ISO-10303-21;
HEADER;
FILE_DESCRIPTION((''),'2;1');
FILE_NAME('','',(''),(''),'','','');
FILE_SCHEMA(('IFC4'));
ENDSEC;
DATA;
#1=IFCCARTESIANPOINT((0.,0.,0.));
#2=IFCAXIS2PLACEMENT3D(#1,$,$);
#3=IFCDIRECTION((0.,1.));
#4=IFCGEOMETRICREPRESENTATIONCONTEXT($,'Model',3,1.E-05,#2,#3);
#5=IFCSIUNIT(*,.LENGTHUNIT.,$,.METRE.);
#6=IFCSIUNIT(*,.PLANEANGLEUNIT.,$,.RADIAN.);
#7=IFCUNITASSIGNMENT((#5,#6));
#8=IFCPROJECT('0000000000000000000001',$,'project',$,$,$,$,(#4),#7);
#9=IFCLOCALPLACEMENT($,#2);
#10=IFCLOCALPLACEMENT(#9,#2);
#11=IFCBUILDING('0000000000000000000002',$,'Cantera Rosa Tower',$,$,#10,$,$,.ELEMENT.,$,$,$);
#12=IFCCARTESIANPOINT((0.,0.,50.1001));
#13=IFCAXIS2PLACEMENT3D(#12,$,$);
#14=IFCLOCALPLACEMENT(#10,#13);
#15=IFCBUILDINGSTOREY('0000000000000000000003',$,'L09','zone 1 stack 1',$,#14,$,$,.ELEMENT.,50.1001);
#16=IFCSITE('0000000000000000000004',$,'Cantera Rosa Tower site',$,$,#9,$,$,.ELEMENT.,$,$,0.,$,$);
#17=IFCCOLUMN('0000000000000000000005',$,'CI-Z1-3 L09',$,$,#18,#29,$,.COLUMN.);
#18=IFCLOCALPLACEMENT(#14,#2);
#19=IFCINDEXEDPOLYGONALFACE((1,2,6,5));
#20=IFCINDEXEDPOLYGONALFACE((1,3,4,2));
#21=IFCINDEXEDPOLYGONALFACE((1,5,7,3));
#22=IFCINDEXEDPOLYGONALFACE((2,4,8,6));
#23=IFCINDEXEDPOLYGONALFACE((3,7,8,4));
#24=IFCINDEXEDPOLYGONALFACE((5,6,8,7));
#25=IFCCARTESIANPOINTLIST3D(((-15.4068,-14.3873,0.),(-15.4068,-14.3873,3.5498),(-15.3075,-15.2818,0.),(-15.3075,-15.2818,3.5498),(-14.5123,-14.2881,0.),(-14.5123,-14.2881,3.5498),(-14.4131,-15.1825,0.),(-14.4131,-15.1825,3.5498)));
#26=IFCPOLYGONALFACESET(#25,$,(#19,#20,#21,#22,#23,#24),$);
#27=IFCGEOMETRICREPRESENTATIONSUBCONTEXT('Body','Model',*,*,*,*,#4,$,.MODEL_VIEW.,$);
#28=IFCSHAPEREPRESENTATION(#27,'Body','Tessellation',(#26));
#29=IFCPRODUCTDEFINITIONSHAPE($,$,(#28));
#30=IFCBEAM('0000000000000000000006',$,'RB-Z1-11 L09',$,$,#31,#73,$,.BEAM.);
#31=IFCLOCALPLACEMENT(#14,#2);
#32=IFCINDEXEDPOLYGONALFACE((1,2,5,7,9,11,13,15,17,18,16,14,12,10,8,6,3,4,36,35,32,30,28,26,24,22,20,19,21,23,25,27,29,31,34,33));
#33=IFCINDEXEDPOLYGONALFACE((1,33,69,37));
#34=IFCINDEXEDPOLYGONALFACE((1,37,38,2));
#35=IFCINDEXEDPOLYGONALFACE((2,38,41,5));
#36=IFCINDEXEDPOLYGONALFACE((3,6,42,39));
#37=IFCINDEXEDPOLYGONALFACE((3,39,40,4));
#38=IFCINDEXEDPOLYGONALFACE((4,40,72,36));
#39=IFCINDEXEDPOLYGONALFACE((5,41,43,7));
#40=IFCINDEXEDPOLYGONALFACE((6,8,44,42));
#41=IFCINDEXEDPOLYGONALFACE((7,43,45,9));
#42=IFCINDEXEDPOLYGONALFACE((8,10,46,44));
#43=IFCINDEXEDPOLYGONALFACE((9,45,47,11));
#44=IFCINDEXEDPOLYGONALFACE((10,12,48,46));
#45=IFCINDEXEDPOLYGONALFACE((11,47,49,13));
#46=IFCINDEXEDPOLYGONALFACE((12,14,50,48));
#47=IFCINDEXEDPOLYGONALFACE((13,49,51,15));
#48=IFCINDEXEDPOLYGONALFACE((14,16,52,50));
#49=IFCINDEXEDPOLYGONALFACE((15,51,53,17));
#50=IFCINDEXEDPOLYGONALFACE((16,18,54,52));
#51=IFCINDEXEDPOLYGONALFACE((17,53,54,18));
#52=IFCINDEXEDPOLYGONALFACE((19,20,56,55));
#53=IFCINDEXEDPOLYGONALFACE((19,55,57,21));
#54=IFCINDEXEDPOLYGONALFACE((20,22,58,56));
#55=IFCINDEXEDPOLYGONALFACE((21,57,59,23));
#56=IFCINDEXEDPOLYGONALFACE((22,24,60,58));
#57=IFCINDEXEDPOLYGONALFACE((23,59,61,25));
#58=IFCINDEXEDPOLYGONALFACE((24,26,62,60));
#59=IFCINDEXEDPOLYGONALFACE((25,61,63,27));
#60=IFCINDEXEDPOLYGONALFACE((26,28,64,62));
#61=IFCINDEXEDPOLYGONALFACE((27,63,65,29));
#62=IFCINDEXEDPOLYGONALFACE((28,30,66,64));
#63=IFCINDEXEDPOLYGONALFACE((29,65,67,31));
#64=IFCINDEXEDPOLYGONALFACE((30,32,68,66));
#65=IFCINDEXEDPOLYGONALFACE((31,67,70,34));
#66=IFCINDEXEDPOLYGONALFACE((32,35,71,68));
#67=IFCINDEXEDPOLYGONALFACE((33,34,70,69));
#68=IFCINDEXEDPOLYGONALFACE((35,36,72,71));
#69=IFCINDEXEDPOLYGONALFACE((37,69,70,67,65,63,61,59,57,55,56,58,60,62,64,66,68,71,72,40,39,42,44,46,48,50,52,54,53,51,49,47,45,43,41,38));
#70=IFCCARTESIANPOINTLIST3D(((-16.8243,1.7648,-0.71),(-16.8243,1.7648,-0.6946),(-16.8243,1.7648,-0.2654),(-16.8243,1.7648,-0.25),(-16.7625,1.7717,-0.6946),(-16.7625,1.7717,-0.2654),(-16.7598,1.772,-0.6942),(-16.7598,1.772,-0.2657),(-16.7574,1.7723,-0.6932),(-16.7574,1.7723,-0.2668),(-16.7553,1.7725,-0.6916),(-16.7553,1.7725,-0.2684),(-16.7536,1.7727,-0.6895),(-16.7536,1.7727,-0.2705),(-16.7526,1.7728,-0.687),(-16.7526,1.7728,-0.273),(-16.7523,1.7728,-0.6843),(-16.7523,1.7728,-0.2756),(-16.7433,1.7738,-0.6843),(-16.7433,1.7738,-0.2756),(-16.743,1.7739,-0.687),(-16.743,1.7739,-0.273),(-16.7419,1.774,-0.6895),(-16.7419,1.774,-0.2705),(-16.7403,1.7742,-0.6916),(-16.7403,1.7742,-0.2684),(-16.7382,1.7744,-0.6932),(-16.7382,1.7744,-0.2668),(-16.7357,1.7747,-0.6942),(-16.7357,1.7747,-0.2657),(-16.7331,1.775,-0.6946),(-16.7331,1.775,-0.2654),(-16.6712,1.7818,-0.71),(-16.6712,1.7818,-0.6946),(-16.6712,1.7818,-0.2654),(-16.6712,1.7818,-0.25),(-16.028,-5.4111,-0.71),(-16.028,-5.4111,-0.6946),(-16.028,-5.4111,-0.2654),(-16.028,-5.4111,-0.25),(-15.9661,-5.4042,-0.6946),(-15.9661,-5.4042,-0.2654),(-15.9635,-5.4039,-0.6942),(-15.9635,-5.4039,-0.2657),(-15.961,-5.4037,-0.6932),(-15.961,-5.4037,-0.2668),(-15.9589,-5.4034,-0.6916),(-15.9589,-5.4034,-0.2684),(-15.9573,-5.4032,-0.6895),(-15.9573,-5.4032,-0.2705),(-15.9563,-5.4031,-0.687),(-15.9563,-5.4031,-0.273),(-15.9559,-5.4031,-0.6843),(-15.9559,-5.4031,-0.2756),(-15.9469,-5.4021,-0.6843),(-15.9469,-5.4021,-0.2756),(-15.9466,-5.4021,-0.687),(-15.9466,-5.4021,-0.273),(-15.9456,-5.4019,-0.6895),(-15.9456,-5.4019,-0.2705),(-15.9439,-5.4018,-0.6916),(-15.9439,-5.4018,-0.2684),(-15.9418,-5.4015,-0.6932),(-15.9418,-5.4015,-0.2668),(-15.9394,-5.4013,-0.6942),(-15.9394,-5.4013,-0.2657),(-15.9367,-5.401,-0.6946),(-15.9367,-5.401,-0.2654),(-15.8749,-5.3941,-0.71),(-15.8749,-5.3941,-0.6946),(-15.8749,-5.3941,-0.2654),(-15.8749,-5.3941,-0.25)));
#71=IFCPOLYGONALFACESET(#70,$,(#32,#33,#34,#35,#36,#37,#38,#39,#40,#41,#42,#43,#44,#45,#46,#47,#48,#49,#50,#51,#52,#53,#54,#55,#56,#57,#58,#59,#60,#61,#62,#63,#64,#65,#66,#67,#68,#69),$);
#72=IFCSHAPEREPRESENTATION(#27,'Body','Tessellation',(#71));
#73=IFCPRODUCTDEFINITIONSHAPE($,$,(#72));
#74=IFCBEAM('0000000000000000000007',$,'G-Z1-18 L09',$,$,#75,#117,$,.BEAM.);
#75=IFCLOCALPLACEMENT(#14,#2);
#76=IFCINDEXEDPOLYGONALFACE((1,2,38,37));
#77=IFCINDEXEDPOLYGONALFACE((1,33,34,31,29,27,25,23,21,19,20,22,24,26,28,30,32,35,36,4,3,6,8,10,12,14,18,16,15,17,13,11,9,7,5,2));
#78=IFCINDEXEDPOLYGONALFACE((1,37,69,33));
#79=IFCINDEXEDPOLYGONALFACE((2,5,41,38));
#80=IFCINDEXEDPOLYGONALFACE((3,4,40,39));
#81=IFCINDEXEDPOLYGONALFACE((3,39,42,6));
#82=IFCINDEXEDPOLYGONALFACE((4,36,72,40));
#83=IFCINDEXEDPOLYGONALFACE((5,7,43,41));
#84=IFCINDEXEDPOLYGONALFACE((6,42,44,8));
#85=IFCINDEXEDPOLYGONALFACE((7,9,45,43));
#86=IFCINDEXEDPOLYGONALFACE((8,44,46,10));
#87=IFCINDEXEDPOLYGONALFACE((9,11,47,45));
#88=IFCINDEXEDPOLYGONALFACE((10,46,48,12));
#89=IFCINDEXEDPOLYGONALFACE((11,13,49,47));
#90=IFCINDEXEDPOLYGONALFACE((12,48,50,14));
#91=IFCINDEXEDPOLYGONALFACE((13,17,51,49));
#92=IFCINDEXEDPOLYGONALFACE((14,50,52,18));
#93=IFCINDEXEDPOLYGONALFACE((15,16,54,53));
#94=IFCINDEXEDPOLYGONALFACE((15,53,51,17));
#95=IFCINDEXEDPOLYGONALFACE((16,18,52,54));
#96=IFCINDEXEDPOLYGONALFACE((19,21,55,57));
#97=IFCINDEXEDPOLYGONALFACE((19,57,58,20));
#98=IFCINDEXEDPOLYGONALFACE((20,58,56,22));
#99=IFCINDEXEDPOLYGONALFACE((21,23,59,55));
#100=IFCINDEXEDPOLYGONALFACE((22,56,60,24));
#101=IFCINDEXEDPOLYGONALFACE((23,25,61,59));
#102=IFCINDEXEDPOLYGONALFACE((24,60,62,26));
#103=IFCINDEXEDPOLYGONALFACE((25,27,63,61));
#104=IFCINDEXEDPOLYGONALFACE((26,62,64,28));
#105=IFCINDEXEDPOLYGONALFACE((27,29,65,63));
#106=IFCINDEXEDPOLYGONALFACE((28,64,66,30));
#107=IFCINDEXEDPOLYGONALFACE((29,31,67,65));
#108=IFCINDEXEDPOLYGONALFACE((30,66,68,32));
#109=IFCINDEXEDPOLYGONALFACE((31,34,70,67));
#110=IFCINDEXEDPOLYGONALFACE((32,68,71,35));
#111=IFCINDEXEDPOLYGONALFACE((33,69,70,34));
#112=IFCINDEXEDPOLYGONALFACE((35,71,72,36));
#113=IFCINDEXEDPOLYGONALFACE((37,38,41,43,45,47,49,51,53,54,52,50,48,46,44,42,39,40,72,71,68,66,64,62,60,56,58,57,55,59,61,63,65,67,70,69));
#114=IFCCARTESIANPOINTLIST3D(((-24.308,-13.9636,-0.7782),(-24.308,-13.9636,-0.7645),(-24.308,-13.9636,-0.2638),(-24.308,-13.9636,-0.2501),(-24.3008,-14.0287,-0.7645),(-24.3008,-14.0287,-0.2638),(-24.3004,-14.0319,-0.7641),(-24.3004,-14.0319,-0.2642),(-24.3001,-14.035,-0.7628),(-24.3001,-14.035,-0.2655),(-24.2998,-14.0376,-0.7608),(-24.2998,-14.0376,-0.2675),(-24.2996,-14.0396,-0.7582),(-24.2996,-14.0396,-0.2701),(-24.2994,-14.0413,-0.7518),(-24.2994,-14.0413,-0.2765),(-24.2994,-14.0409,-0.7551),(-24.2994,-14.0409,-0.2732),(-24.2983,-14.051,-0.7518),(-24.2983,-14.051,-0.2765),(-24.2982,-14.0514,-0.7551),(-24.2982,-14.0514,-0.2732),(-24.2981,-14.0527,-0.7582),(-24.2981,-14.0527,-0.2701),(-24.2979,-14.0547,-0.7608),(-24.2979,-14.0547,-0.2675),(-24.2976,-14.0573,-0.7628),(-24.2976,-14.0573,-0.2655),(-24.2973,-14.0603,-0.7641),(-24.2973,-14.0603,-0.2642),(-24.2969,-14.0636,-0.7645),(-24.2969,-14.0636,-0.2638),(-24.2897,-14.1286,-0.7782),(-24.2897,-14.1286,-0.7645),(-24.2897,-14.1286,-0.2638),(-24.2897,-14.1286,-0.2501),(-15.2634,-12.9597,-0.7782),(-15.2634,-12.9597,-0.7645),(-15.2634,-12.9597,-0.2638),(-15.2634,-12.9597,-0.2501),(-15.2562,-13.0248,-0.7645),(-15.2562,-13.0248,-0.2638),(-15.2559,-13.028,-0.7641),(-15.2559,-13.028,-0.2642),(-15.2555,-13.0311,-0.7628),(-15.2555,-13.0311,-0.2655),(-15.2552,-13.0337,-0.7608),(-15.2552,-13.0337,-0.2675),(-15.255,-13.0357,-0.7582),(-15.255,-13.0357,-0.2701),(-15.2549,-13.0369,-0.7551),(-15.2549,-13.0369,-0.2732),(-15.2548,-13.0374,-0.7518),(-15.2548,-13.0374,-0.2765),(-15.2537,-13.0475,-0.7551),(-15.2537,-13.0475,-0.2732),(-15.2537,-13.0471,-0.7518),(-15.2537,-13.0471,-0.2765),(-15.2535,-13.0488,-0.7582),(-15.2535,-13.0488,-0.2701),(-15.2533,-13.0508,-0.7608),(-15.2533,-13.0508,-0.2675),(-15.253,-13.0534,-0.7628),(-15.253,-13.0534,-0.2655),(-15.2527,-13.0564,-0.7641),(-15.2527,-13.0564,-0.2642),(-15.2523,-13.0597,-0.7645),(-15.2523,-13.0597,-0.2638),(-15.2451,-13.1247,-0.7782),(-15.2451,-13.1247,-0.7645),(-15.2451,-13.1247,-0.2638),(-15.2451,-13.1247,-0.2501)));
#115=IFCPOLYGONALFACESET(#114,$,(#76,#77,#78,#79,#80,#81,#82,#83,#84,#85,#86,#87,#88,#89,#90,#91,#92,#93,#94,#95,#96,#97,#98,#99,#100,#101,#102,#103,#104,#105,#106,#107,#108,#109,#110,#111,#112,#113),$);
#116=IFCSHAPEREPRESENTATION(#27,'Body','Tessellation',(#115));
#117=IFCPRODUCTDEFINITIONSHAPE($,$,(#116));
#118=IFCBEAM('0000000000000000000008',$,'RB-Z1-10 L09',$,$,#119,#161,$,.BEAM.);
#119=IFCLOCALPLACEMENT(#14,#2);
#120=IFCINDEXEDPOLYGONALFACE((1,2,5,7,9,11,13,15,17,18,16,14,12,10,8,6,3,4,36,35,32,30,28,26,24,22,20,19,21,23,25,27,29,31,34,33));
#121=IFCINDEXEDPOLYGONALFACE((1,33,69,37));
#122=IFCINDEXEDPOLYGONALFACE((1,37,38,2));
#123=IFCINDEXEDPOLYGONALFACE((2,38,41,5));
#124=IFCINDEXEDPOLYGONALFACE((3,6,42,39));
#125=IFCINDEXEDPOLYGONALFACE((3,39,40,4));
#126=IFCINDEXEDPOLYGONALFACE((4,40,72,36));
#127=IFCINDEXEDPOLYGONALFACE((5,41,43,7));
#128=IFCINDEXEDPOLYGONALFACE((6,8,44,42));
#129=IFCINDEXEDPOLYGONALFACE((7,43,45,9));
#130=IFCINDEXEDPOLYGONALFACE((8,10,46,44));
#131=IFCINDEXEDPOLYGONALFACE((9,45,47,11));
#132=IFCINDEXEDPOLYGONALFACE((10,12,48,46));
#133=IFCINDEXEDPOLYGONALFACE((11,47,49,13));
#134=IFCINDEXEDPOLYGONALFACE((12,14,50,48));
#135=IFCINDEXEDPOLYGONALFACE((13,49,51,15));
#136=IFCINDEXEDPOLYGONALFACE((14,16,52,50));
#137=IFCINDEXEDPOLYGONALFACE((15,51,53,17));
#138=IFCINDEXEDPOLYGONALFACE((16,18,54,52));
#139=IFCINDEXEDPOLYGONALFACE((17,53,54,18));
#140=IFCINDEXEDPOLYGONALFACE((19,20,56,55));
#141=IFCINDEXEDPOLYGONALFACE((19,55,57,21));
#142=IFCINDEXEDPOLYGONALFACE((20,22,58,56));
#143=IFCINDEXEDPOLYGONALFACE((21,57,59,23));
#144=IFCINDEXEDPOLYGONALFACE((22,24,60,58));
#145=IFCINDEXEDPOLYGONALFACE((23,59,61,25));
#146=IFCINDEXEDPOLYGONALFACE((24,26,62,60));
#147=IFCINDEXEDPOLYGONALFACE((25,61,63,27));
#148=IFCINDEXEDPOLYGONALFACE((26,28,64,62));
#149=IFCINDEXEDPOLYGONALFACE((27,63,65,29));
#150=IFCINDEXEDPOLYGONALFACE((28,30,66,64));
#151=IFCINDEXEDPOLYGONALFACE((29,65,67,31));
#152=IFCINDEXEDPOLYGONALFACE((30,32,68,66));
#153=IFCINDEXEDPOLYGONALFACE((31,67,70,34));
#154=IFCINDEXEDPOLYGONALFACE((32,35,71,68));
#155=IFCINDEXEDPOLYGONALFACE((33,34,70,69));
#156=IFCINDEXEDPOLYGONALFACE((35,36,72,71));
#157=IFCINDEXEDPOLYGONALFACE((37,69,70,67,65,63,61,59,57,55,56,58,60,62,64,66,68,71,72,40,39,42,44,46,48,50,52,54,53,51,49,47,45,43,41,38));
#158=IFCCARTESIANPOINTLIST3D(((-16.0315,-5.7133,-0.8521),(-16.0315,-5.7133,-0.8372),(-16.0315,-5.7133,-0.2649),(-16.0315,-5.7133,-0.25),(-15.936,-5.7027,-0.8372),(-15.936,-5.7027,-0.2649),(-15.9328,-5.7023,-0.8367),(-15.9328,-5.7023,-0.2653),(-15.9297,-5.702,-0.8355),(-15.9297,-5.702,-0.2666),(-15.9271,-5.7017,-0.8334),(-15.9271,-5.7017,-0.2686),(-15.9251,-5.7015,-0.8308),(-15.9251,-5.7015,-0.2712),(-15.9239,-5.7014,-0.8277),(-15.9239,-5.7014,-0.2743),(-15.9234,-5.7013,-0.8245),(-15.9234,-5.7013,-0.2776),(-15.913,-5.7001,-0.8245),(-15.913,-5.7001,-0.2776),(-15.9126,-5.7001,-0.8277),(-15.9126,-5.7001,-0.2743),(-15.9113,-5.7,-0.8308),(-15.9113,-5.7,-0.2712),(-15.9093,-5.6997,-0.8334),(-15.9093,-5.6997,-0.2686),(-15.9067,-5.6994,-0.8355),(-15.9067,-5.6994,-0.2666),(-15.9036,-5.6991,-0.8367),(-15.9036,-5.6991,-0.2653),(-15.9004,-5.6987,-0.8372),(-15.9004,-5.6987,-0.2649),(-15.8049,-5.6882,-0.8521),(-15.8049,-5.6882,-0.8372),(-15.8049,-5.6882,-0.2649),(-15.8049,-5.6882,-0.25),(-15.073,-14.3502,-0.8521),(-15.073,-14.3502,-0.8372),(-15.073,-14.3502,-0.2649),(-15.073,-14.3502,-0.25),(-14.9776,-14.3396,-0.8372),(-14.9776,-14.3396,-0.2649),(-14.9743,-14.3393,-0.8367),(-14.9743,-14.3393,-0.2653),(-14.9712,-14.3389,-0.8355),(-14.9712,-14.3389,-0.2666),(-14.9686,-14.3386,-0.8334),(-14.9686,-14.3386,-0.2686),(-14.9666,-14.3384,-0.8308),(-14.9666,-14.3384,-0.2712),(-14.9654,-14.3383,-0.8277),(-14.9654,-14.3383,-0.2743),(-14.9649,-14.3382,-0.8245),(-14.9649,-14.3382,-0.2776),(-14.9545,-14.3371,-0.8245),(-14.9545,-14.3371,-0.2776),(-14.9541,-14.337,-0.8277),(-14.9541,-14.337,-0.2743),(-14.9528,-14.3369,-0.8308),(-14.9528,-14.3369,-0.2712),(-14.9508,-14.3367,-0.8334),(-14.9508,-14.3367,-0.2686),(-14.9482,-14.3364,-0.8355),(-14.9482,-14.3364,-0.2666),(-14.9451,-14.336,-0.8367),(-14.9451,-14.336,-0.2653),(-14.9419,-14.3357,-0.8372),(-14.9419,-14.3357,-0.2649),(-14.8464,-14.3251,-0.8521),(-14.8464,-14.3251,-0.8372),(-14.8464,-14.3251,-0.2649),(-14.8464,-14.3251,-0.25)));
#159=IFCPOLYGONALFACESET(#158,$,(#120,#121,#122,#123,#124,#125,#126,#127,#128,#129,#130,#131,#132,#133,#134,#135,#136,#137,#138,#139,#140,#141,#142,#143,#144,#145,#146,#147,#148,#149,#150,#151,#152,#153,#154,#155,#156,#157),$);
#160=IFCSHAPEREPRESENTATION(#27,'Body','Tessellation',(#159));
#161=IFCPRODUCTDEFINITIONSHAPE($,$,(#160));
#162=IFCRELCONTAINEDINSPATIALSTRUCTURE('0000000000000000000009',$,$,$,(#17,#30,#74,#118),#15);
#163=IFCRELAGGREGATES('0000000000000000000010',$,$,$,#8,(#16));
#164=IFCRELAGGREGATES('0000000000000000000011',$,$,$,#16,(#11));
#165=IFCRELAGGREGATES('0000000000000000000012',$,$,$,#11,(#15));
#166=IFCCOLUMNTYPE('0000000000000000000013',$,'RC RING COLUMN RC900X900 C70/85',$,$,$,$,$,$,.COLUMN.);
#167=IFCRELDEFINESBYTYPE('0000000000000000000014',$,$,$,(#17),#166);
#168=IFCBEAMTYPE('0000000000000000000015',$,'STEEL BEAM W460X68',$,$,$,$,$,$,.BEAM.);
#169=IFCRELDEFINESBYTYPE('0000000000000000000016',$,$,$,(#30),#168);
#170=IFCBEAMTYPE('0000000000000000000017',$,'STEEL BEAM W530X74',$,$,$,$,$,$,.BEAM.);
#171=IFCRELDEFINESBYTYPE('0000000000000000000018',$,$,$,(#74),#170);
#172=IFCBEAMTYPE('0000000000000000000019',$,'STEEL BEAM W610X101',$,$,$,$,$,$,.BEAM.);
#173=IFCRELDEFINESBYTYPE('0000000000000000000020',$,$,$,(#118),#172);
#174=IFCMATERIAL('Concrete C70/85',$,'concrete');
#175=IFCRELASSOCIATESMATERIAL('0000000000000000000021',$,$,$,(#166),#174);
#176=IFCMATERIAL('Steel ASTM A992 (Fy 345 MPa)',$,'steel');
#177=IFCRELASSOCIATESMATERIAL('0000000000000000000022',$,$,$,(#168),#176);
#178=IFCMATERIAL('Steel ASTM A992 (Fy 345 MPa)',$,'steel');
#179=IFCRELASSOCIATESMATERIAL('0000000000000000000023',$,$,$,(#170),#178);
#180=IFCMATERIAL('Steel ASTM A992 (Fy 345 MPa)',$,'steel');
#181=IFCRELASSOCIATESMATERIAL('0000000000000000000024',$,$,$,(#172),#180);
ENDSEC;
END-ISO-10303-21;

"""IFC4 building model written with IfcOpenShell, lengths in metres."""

from ifc_helpers import new_model, si_unit, direction, frame, origin, origin_2d, place, context, subcontext, project, spatial, rectangle, i_section, extrude, material, material_profile, profile_set, type_object, element, save


model = new_model("IFC4")

# Units and contexts
model_context = context("Model", 3, precision=1e-05, world=origin(), true_north=direction((0.0, 1.0)))
body_context = subcontext(model_context, "Body", "Model", "MODEL_VIEW")
ifc_project = project(units=[si_unit("LENGTHUNIT", "METRE"), si_unit("PLANEANGLEUNIT", "RADIAN")], contexts=[model_context])

# Site, building, storey
site_placement = place(None, origin())
site = spatial("IfcSite", under=ifc_project, at=site_placement, Name="Cantera Rosa Tower site", CompositionType="ELEMENT", RefElevation=0.0)
building_placement = place(site_placement, origin())
building = spatial("IfcBuilding", under=site, at=building_placement, Name="Cantera Rosa Tower", CompositionType="ELEMENT")
storey_placement = place(building_placement, frame((0.0, 0.0, 50.1001)))
storey = spatial("IfcBuildingStorey", under=building, at=storey_placement, Name="L09", Description="zone 1 stack 1", CompositionType="ELEMENT", Elevation=50.1001)

# Column
ifc_material_1 = material(Name="Concrete C70/85", Category="concrete")
ifc_material_profile_1 = material_profile(ifc_material_1, rectangle(XDim=0.8999, YDim=0.8999, at=origin_2d()), Name="RC RING COLUMN RC900X900 C70/85")
ifc_profile_set_1 = profile_set([ifc_material_profile_1], Name="Concrete C70/85")
column_type = type_object("IfcColumnType", Name="RC RING COLUMN RC900X900 C70/85", PredefinedType="COLUMN", material=ifc_profile_set_1)
column_placement = place(storey_placement, frame((-14.9099, -14.7849, 0.0), z_axis=(0.0, 0.0, 1.0), x_axis=(0.993897, 0.110313, 0.0)))
element("IfcColumn", 1, at=column_placement, inside=storey, type_object=column_type, Name="CI-Z1-3 L09", PredefinedType="COLUMN", context=body_context, shape_type="SweptSolid", body=[
    extrude(rectangle(XDim=0.8999, YDim=0.8999, at=origin_2d()), origin(), (0.0, 0.0, 1.0), 3.5498),
])

# Beams
ifc_material_2 = material(Name="Steel ASTM A992 (Fy 345 MPa)", Category="steel")
ifc_material_profile_2 = material_profile(ifc_material_2, i_section(OverallWidth=0.1541, OverallDepth=0.46, WebThickness=0.009, FlangeThickness=0.0154, FilletRadius=0.0103, at=origin_2d()), Name="W460X68")
ifc_profile_set_2 = profile_set([ifc_material_profile_2], Name="Steel ASTM A992 (Fy 345 MPa)")
beam_type_1 = type_object("IfcBeamType", Name="STEEL BEAM W460X68", PredefinedType="BEAM", material=ifc_profile_set_2)
beam_1_placement = place(storey_placement, frame((-15.9514, -5.4026, -0.48), z_axis=(-0.110302, 0.993898, 0.0), x_axis=(-0.993898, -0.110302, 0.0)))
element("IfcBeam", 2, at=beam_1_placement, inside=storey, type_object=beam_type_1, Name="RB-Z1-11 L09", PredefinedType="BEAM", context=body_context, shape_type="SweptSolid", body=[
    extrude(i_section(OverallWidth=0.1541, OverallDepth=0.46, WebThickness=0.009, FlangeThickness=0.0154, FilletRadius=0.0103, at=origin_2d()), origin(), (0.0, 0.0, 1.0), 7.22),
])
ifc_material_3 = material(Name="Steel ASTM A992 (Fy 345 MPa)", Category="steel")
ifc_material_profile_3 = material_profile(ifc_material_3, i_section(OverallWidth=0.166, OverallDepth=0.5281, WebThickness=0.0098, FlangeThickness=0.0137, FilletRadius=0.0127, at=origin_2d()), Name="W530X74")
ifc_profile_set_3 = profile_set([ifc_material_profile_3], Name="Steel ASTM A992 (Fy 345 MPa)")
beam_type_2 = type_object("IfcBeamType", Name="STEEL BEAM W530X74", PredefinedType="BEAM", material=ifc_profile_set_3)
beam_2_placement = place(storey_placement, frame((-24.2988, -14.0461, -0.5142), z_axis=(0.993896, 0.11032, 0.0), x_axis=(-0.11032, 0.993896, 0.0)))
element("IfcBeam", 3, at=beam_2_placement, inside=storey, type_object=beam_type_2, Name="G-Z1-18 L09", PredefinedType="BEAM", context=body_context, shape_type="SweptSolid", body=[
    extrude(i_section(OverallWidth=0.166, OverallDepth=0.5281, WebThickness=0.0098, FlangeThickness=0.0137, FilletRadius=0.0127, at=origin_2d()), origin(), (0.0, 0.0, 1.0), 9.1001),
])
ifc_material_4 = material(Name="Steel ASTM A992 (Fy 345 MPa)", Category="steel")
ifc_material_profile_4 = material_profile(ifc_material_4, i_section(OverallWidth=0.228, OverallDepth=0.6021, WebThickness=0.0105, FlangeThickness=0.0149, FilletRadius=0.0127, at=origin_2d()), Name="W610X101")
ifc_profile_set_4 = profile_set([ifc_material_profile_4], Name="Steel ASTM A992 (Fy 345 MPa)")
beam_type_3 = type_object("IfcBeamType", Name="STEEL BEAM W610X101", PredefinedType="BEAM", material=ifc_profile_set_4)
beam_3_placement = place(storey_placement, frame((-14.9597, -14.3376, -0.551), z_axis=(-0.110299, 0.993898, 0.0), x_axis=(-0.993898, -0.110299, 0.0)))
element("IfcBeam", 4, at=beam_3_placement, inside=storey, type_object=beam_type_3, Name="RB-Z1-10 L09", PredefinedType="BEAM", context=body_context, shape_type="SweptSolid", body=[
    extrude(i_section(OverallWidth=0.228, OverallDepth=0.6021, WebThickness=0.0105, FlangeThickness=0.0149, FilletRadius=0.0127, at=origin_2d()), origin(), (0.0, 0.0, 1.0), 8.6899),
])

save(model, "model.ifc")
